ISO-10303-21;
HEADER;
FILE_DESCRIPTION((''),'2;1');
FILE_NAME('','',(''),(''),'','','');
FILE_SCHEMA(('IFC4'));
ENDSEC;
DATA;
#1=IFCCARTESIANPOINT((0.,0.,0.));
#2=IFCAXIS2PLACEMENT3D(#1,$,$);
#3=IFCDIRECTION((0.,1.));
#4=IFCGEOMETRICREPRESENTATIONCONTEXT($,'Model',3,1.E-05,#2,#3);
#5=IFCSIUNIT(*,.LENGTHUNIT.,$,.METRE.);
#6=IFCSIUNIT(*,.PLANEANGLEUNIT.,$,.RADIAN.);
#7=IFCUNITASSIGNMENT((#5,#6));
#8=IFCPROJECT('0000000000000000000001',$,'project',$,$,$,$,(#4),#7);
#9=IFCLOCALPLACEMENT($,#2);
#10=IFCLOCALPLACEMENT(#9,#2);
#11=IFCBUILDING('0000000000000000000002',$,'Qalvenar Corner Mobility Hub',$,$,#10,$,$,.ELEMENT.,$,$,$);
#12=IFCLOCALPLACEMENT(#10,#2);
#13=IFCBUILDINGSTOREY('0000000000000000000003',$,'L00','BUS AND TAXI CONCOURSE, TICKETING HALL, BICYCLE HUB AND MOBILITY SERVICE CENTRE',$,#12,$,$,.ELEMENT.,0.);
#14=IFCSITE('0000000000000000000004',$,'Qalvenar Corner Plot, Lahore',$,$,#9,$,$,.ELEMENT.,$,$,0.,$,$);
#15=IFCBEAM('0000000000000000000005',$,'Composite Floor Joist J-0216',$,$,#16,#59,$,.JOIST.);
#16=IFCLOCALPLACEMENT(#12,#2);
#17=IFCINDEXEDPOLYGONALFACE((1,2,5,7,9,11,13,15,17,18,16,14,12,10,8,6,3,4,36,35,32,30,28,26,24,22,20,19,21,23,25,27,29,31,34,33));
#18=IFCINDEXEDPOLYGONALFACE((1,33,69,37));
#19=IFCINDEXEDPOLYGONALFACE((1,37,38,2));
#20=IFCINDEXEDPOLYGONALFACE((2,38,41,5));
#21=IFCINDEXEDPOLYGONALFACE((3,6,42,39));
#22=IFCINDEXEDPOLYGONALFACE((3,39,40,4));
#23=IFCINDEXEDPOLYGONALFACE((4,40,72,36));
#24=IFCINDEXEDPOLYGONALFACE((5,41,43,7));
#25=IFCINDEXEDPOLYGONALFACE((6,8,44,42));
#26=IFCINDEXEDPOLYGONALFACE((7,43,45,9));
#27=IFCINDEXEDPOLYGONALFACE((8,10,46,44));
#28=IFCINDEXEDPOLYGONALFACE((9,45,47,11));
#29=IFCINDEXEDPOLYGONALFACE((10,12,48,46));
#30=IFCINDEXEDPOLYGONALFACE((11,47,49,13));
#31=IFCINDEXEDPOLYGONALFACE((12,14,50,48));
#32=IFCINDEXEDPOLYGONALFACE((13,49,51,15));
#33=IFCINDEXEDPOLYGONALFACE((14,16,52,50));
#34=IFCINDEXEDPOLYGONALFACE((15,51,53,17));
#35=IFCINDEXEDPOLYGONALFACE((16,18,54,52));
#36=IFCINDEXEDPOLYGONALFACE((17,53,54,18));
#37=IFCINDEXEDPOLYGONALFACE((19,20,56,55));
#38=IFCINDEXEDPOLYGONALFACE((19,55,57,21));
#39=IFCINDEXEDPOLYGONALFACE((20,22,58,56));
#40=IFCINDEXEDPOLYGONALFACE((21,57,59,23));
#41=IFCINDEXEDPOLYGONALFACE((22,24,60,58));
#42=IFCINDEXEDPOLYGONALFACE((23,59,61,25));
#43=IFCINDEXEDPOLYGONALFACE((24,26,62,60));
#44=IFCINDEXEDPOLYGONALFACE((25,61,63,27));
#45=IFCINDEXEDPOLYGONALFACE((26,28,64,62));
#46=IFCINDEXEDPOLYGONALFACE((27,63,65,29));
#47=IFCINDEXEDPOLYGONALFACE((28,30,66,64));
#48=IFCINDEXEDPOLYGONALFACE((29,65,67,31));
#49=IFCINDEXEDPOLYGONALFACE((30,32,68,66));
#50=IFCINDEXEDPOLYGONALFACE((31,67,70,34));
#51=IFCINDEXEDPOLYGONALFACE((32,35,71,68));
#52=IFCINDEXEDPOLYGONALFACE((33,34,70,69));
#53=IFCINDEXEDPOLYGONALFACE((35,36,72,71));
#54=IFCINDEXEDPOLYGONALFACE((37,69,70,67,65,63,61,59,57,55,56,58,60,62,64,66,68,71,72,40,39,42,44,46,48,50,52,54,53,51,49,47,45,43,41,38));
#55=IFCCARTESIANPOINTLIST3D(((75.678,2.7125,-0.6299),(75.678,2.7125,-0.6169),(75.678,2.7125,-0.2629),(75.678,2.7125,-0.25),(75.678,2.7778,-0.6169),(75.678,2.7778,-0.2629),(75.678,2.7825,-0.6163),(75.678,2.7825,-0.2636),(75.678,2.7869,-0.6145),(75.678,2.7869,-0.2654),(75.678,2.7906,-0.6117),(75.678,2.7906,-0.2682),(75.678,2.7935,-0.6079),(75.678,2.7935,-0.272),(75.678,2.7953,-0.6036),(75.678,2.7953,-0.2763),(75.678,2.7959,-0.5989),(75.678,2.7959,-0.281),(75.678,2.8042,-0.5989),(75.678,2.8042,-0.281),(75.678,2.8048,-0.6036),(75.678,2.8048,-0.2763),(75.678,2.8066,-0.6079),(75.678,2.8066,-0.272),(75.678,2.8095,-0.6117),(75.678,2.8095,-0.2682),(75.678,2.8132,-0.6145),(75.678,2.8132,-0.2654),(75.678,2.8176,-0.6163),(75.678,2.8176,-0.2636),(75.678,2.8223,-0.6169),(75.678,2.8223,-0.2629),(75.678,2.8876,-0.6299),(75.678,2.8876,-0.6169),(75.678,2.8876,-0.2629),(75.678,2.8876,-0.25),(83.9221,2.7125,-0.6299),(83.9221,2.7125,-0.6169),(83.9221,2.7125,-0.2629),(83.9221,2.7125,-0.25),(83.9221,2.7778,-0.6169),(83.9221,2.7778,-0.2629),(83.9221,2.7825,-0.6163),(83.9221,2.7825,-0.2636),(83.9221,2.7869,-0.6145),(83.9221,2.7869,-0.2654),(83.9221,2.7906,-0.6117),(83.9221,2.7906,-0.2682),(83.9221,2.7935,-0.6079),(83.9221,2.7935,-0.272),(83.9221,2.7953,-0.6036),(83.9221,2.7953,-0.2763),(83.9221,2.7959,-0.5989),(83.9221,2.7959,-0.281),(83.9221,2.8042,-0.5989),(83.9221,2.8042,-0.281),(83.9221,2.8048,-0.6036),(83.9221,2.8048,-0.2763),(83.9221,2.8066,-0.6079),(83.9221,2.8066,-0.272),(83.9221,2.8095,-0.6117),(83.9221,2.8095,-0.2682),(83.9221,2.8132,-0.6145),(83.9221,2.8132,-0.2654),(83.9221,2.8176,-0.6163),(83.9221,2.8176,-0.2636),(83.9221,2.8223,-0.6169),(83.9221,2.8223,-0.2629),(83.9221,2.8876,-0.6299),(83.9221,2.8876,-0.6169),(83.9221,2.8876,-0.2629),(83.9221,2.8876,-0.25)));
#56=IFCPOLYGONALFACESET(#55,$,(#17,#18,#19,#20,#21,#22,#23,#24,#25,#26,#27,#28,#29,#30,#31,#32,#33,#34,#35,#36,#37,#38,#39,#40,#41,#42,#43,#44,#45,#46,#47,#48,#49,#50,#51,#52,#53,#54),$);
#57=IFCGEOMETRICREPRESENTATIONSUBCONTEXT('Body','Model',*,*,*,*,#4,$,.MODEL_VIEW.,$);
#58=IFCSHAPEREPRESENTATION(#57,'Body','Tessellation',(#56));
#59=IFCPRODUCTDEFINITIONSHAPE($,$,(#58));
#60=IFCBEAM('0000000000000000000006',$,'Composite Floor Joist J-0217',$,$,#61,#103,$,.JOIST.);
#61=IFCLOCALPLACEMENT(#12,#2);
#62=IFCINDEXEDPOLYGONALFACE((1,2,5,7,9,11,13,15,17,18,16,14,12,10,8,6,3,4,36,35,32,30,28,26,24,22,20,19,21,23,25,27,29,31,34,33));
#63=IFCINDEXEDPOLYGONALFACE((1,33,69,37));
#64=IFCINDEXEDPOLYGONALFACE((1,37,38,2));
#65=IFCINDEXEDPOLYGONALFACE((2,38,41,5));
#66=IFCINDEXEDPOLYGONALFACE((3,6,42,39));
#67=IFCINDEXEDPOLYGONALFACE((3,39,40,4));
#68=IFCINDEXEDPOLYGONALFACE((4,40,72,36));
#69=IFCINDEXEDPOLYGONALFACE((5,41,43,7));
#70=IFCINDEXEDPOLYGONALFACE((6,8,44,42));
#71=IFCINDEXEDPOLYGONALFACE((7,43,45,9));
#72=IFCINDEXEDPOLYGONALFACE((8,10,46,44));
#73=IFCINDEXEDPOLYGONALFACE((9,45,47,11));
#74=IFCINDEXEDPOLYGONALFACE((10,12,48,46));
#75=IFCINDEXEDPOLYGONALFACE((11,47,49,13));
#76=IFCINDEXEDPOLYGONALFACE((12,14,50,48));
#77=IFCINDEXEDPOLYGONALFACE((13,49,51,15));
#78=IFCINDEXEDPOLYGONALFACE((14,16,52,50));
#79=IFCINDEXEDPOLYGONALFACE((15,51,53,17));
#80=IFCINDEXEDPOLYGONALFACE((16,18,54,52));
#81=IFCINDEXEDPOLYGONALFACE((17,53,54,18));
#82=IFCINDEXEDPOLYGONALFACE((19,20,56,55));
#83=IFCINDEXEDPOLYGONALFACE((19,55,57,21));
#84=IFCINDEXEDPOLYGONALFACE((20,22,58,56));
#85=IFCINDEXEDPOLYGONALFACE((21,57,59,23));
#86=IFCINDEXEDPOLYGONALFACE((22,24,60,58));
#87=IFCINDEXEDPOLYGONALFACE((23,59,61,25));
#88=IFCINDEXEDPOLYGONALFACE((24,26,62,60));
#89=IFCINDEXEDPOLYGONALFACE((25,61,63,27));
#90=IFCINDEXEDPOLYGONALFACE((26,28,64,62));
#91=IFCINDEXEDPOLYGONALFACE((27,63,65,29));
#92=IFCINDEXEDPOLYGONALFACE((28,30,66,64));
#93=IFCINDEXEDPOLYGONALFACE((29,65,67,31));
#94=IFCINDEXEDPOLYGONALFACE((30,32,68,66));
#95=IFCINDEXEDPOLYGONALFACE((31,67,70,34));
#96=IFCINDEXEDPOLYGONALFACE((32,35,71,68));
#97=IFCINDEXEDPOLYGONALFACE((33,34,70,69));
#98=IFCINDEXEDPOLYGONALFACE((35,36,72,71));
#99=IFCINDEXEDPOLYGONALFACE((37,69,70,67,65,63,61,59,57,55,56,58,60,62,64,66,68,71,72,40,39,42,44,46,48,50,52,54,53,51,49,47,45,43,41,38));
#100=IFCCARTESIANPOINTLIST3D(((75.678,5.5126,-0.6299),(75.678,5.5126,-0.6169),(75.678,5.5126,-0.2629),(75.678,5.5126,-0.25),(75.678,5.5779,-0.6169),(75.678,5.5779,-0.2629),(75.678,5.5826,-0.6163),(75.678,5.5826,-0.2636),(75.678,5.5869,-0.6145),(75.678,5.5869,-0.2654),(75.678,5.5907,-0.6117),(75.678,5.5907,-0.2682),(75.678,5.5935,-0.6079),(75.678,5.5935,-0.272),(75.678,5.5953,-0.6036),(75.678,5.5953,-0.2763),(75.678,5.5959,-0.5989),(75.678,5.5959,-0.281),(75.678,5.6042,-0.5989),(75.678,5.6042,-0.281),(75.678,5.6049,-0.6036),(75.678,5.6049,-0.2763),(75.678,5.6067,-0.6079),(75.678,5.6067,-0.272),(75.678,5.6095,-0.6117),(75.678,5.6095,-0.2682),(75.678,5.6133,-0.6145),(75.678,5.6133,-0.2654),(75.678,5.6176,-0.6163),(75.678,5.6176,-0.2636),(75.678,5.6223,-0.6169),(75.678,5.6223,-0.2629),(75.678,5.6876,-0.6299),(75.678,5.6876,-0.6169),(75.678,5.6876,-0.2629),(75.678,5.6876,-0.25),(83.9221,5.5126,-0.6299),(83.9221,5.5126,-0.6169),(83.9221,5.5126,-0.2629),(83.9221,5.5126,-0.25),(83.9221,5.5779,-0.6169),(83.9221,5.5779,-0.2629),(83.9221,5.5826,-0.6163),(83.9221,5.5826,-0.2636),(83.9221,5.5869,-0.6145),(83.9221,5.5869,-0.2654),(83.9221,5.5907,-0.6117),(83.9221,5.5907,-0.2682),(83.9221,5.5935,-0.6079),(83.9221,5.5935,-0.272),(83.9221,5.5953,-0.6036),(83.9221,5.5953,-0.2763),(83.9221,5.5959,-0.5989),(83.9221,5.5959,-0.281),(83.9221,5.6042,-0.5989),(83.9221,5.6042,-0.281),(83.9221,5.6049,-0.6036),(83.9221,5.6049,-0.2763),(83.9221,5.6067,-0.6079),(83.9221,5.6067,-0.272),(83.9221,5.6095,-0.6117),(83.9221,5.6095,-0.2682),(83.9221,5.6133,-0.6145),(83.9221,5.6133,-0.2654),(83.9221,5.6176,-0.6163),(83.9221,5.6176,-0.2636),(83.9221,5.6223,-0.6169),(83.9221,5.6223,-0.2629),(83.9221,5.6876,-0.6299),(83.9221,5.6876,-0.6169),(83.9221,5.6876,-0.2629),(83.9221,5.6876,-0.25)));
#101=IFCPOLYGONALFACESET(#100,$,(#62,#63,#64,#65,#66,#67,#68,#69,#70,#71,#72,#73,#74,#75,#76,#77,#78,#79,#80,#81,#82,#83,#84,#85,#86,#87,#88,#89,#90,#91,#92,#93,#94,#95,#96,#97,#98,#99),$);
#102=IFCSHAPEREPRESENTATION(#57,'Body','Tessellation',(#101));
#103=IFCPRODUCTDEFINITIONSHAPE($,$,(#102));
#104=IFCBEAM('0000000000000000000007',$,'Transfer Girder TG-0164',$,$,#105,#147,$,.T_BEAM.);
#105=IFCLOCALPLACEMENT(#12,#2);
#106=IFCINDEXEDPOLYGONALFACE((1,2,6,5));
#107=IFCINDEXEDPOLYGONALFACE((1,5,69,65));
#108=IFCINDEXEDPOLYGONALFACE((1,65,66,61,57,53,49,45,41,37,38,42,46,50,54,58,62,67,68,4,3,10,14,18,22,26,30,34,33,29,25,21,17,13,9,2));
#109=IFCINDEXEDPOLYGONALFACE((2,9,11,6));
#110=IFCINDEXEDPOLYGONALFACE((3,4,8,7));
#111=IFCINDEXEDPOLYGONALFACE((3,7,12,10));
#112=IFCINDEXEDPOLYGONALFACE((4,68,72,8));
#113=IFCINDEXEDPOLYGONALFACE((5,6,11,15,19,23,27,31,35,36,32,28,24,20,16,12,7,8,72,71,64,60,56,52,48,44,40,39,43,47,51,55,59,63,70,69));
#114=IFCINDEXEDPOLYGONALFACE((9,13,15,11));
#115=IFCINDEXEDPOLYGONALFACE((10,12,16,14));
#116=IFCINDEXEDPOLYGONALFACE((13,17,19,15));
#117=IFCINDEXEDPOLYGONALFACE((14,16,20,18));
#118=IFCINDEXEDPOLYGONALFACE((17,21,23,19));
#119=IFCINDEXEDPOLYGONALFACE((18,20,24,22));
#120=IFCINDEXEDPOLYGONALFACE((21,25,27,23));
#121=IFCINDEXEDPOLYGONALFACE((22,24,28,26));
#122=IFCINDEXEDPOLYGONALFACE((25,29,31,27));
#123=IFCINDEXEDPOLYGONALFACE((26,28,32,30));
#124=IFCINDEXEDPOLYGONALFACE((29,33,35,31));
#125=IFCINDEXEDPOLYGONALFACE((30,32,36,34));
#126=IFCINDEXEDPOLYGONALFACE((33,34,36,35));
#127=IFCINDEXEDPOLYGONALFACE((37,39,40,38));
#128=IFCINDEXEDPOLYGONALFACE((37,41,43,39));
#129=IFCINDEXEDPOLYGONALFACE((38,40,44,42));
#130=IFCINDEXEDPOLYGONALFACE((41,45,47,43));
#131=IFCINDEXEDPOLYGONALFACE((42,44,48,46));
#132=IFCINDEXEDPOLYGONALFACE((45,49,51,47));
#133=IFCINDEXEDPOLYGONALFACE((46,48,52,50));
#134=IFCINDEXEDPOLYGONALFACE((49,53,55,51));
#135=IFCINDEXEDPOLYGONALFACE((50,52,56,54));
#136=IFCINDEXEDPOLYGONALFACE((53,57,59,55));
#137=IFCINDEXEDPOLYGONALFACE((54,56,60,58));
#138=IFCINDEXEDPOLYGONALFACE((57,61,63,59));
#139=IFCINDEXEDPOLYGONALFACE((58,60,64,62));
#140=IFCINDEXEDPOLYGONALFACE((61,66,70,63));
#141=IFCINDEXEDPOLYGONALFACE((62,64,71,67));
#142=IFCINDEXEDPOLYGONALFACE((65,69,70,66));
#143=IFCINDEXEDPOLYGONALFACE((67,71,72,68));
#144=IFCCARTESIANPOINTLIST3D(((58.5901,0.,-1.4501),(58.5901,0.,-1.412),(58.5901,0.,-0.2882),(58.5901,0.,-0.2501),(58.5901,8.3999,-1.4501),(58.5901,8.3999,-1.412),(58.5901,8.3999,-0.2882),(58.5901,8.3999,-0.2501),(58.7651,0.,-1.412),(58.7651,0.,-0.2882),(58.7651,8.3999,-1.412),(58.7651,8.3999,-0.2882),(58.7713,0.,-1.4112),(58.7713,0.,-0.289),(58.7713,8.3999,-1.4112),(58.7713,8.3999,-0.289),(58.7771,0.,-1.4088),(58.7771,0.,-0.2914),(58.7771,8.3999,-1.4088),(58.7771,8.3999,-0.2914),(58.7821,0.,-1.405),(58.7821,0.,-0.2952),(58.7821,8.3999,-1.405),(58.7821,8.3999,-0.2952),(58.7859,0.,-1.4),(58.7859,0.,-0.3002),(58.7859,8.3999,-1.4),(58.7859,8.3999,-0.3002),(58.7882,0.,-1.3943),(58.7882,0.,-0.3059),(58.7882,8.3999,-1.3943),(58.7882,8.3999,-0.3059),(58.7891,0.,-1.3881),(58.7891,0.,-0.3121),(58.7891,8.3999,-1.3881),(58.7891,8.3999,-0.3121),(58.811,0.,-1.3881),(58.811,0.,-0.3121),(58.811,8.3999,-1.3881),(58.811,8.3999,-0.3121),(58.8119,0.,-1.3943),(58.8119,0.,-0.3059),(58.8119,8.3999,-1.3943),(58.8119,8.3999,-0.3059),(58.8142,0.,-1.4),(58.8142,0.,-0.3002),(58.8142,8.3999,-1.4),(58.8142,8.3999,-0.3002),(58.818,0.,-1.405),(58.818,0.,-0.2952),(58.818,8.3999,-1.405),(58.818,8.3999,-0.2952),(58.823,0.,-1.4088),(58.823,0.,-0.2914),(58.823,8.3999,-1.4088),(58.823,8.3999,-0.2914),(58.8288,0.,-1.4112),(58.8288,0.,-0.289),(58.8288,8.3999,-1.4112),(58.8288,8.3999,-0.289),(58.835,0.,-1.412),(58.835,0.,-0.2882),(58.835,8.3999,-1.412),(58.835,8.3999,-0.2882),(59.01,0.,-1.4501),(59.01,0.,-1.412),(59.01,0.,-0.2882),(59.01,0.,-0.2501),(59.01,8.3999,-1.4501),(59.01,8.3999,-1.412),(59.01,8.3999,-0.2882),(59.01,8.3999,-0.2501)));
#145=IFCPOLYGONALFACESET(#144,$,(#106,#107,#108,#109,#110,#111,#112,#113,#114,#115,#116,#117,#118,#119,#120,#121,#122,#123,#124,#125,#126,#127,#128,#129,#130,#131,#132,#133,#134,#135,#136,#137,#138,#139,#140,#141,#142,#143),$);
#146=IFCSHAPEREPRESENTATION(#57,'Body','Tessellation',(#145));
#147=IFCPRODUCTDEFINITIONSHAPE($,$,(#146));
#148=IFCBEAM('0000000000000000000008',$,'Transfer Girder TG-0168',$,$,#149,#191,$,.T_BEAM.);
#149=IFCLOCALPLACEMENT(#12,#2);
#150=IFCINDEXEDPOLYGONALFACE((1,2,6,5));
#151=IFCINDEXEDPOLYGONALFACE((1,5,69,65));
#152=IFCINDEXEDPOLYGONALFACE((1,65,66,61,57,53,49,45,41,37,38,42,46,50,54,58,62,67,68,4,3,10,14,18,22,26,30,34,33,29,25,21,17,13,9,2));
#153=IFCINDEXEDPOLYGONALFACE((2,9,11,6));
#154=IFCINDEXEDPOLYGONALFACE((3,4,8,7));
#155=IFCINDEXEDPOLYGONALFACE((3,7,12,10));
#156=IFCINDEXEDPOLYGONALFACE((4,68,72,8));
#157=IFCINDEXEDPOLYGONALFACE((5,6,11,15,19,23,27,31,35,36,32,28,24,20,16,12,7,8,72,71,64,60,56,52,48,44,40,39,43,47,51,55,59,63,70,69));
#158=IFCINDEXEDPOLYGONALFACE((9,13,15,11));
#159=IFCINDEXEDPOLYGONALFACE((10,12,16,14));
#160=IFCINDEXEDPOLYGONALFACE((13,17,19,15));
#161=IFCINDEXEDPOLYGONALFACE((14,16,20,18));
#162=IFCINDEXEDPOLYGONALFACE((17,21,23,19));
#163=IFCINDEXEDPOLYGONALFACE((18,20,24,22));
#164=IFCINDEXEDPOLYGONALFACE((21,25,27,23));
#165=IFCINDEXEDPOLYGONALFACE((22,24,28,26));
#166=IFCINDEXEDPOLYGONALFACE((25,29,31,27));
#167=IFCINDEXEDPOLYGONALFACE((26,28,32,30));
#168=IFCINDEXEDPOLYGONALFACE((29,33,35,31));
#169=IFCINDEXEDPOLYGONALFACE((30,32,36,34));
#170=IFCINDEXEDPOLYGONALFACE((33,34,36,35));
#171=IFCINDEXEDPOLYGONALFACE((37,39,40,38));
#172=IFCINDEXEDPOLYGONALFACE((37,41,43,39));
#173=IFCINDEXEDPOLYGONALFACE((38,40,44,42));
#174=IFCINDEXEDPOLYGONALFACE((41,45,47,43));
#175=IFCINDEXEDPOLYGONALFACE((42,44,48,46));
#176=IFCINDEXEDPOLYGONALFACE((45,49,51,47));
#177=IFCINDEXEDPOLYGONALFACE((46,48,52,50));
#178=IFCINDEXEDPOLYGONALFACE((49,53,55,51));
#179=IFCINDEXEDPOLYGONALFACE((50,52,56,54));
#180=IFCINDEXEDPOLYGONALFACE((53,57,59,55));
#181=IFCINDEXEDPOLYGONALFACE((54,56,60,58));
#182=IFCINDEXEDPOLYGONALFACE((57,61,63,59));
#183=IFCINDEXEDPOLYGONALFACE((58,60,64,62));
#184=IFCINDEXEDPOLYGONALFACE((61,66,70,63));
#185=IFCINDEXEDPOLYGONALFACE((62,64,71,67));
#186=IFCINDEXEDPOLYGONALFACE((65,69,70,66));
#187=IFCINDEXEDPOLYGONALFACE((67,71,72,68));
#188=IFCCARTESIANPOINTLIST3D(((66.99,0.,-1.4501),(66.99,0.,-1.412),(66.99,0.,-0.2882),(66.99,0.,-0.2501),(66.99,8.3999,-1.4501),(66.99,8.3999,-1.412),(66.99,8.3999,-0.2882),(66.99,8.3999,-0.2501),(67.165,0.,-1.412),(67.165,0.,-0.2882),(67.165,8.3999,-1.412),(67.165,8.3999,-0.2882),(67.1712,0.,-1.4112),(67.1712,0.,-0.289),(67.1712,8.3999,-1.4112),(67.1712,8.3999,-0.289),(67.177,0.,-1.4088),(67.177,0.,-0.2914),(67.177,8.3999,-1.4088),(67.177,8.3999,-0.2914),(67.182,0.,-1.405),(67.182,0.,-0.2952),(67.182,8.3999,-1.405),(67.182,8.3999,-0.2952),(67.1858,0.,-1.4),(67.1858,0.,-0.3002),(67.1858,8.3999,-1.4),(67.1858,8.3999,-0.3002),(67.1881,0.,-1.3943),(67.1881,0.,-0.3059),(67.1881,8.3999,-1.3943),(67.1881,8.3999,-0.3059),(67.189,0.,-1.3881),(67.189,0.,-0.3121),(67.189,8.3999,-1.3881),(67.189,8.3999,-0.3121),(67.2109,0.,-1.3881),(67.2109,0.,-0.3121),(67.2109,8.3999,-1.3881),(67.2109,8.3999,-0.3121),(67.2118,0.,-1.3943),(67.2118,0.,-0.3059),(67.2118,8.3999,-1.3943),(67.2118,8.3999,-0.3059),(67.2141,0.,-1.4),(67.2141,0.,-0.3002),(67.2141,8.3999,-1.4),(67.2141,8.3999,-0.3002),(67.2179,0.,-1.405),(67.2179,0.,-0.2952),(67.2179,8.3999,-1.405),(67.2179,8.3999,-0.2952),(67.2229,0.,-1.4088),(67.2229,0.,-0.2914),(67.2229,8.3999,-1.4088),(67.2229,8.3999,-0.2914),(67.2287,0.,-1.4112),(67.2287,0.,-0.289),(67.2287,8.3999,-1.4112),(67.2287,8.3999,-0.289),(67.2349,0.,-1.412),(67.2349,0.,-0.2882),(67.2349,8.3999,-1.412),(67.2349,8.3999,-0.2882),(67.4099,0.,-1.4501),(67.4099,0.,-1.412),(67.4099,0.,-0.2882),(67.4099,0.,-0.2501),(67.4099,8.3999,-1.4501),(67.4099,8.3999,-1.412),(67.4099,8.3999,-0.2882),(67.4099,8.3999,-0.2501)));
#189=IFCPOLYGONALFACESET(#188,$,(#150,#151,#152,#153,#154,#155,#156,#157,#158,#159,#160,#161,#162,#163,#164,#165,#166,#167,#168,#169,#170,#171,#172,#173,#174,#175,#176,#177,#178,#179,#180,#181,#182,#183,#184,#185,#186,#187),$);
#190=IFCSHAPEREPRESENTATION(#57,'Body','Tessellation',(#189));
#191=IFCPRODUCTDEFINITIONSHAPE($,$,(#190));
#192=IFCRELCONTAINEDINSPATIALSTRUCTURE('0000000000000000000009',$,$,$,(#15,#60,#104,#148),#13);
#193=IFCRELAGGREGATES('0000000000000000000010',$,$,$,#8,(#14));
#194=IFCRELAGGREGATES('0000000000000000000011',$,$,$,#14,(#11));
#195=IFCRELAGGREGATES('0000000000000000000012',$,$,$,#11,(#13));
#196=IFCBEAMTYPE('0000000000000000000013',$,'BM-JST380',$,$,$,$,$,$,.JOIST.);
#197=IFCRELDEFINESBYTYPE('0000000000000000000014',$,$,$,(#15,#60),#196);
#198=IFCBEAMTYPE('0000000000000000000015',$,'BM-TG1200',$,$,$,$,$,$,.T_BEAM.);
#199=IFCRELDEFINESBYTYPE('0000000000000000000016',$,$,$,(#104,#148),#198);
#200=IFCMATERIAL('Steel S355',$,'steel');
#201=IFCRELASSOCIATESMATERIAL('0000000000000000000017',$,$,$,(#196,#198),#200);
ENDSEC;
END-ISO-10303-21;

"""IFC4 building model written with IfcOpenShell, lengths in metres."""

from ifc_helpers import new_model, si_unit, direction, frame, origin, origin_2d, place, context, subcontext, project, spatial, i_section, extrude, material, material_profile, profile_set, type_object, element, save


model = new_model("IFC4")

# Units and contexts
model_context = context("Model", 3, precision=1e-05, world=origin(), true_north=direction((0.0, 1.0)))
body_context = subcontext(model_context, "Body", "Model", "MODEL_VIEW")
ifc_project = project(units=[si_unit("LENGTHUNIT", "METRE"), si_unit("PLANEANGLEUNIT", "RADIAN")], contexts=[model_context])

# Site, building, storey
site_placement = place(None, origin())
site = spatial("IfcSite", under=ifc_project, at=site_placement, Name="Qalvenar Corner Plot, Lahore", CompositionType="ELEMENT", RefElevation=0.0)
building_placement = place(site_placement, origin())
building = spatial("IfcBuilding", under=site, at=building_placement, Name="Qalvenar Corner Mobility Hub", CompositionType="ELEMENT")
storey_placement = place(building_placement, origin())
storey = spatial("IfcBuildingStorey", under=building, at=storey_placement, Name="L00", Description="BUS AND TAXI CONCOURSE, TICKETING HALL, BICYCLE HUB AND MOBILITY SERVICE CENTRE", CompositionType="ELEMENT", Elevation=0.0)

# Shared definitions
ifc_material_1 = material(Name="Steel S355", Category="steel")

# Beams
ifc_material_profile_1 = material_profile(ifc_material_1, i_section(OverallWidth=0.175, OverallDepth=0.3799, WebThickness=0.0083, FlangeThickness=0.0129, FilletRadius=0.0181, at=origin_2d()), Name="IPE380-EQ")
ifc_profile_set_1 = profile_set([ifc_material_profile_1], Name="Steel S355")
beam_type_1 = type_object("IfcBeamType", Name="BM-JST380", PredefinedType="JOIST", material=ifc_profile_set_1)
for number, where, z_axis, x_axis, name in (
    (1, (75.678, 2.8, -0.4399), (1.0, 0.0, 0.0), (0.0, 1.0, 0.0), "Composite Floor Joist J-0216"),
    (2, (75.678, 5.6001, -0.4399), (1.0, 0.0, 0.0), (0.0, 1.0, 0.0), "Composite Floor Joist J-0217"),
):
    element("IfcBeam", number, at=place(storey_placement, frame(where, z_axis=z_axis, x_axis=x_axis)), inside=storey, type_object=beam_type_1, Name=name, PredefinedType="JOIST", context=body_context, shape_type="SweptSolid", body=[
        extrude(i_section(OverallWidth=0.175, OverallDepth=0.3799, WebThickness=0.0083, FlangeThickness=0.0129, FilletRadius=0.0181, at=origin_2d()), origin(), (0.0, 0.0, 1.0), 8.2441),
    ])
ifc_material_profile_2 = material_profile(ifc_material_1, i_section(OverallWidth=0.4199, OverallDepth=1.2, WebThickness=0.022, FlangeThickness=0.0381, FilletRadius=0.0239, at=origin_2d()), Name="W1100x390-TG1200")
ifc_profile_set_2 = profile_set([ifc_material_profile_2], Name="Steel S355")
beam_type_2 = type_object("IfcBeamType", Name="BM-TG1200", PredefinedType="T_BEAM", material=ifc_profile_set_2)
for number, where, z_axis, x_axis, name in (
    (3, (58.8, 0.0, -0.8501), (0.0, 1.0, 0.0), (-1.0, 0.0, 0.0), "Transfer Girder TG-0164"),
    (4, (67.2, 0.0, -0.8501), (0.0, 1.0, 0.0), (-1.0, 0.0, 0.0), "Transfer Girder TG-0168"),
):
    element("IfcBeam", number, at=place(storey_placement, frame(where, z_axis=z_axis, x_axis=x_axis)), inside=storey, type_object=beam_type_2, Name=name, PredefinedType="T_BEAM", context=body_context, shape_type="SweptSolid", body=[
        extrude(i_section(OverallWidth=0.4199, OverallDepth=1.2, WebThickness=0.022, FlangeThickness=0.0381, FilletRadius=0.0239, at=origin_2d()), origin(), (0.0, 0.0, 1.0), 8.3999),
    ])

save(model, "model.ifc")
